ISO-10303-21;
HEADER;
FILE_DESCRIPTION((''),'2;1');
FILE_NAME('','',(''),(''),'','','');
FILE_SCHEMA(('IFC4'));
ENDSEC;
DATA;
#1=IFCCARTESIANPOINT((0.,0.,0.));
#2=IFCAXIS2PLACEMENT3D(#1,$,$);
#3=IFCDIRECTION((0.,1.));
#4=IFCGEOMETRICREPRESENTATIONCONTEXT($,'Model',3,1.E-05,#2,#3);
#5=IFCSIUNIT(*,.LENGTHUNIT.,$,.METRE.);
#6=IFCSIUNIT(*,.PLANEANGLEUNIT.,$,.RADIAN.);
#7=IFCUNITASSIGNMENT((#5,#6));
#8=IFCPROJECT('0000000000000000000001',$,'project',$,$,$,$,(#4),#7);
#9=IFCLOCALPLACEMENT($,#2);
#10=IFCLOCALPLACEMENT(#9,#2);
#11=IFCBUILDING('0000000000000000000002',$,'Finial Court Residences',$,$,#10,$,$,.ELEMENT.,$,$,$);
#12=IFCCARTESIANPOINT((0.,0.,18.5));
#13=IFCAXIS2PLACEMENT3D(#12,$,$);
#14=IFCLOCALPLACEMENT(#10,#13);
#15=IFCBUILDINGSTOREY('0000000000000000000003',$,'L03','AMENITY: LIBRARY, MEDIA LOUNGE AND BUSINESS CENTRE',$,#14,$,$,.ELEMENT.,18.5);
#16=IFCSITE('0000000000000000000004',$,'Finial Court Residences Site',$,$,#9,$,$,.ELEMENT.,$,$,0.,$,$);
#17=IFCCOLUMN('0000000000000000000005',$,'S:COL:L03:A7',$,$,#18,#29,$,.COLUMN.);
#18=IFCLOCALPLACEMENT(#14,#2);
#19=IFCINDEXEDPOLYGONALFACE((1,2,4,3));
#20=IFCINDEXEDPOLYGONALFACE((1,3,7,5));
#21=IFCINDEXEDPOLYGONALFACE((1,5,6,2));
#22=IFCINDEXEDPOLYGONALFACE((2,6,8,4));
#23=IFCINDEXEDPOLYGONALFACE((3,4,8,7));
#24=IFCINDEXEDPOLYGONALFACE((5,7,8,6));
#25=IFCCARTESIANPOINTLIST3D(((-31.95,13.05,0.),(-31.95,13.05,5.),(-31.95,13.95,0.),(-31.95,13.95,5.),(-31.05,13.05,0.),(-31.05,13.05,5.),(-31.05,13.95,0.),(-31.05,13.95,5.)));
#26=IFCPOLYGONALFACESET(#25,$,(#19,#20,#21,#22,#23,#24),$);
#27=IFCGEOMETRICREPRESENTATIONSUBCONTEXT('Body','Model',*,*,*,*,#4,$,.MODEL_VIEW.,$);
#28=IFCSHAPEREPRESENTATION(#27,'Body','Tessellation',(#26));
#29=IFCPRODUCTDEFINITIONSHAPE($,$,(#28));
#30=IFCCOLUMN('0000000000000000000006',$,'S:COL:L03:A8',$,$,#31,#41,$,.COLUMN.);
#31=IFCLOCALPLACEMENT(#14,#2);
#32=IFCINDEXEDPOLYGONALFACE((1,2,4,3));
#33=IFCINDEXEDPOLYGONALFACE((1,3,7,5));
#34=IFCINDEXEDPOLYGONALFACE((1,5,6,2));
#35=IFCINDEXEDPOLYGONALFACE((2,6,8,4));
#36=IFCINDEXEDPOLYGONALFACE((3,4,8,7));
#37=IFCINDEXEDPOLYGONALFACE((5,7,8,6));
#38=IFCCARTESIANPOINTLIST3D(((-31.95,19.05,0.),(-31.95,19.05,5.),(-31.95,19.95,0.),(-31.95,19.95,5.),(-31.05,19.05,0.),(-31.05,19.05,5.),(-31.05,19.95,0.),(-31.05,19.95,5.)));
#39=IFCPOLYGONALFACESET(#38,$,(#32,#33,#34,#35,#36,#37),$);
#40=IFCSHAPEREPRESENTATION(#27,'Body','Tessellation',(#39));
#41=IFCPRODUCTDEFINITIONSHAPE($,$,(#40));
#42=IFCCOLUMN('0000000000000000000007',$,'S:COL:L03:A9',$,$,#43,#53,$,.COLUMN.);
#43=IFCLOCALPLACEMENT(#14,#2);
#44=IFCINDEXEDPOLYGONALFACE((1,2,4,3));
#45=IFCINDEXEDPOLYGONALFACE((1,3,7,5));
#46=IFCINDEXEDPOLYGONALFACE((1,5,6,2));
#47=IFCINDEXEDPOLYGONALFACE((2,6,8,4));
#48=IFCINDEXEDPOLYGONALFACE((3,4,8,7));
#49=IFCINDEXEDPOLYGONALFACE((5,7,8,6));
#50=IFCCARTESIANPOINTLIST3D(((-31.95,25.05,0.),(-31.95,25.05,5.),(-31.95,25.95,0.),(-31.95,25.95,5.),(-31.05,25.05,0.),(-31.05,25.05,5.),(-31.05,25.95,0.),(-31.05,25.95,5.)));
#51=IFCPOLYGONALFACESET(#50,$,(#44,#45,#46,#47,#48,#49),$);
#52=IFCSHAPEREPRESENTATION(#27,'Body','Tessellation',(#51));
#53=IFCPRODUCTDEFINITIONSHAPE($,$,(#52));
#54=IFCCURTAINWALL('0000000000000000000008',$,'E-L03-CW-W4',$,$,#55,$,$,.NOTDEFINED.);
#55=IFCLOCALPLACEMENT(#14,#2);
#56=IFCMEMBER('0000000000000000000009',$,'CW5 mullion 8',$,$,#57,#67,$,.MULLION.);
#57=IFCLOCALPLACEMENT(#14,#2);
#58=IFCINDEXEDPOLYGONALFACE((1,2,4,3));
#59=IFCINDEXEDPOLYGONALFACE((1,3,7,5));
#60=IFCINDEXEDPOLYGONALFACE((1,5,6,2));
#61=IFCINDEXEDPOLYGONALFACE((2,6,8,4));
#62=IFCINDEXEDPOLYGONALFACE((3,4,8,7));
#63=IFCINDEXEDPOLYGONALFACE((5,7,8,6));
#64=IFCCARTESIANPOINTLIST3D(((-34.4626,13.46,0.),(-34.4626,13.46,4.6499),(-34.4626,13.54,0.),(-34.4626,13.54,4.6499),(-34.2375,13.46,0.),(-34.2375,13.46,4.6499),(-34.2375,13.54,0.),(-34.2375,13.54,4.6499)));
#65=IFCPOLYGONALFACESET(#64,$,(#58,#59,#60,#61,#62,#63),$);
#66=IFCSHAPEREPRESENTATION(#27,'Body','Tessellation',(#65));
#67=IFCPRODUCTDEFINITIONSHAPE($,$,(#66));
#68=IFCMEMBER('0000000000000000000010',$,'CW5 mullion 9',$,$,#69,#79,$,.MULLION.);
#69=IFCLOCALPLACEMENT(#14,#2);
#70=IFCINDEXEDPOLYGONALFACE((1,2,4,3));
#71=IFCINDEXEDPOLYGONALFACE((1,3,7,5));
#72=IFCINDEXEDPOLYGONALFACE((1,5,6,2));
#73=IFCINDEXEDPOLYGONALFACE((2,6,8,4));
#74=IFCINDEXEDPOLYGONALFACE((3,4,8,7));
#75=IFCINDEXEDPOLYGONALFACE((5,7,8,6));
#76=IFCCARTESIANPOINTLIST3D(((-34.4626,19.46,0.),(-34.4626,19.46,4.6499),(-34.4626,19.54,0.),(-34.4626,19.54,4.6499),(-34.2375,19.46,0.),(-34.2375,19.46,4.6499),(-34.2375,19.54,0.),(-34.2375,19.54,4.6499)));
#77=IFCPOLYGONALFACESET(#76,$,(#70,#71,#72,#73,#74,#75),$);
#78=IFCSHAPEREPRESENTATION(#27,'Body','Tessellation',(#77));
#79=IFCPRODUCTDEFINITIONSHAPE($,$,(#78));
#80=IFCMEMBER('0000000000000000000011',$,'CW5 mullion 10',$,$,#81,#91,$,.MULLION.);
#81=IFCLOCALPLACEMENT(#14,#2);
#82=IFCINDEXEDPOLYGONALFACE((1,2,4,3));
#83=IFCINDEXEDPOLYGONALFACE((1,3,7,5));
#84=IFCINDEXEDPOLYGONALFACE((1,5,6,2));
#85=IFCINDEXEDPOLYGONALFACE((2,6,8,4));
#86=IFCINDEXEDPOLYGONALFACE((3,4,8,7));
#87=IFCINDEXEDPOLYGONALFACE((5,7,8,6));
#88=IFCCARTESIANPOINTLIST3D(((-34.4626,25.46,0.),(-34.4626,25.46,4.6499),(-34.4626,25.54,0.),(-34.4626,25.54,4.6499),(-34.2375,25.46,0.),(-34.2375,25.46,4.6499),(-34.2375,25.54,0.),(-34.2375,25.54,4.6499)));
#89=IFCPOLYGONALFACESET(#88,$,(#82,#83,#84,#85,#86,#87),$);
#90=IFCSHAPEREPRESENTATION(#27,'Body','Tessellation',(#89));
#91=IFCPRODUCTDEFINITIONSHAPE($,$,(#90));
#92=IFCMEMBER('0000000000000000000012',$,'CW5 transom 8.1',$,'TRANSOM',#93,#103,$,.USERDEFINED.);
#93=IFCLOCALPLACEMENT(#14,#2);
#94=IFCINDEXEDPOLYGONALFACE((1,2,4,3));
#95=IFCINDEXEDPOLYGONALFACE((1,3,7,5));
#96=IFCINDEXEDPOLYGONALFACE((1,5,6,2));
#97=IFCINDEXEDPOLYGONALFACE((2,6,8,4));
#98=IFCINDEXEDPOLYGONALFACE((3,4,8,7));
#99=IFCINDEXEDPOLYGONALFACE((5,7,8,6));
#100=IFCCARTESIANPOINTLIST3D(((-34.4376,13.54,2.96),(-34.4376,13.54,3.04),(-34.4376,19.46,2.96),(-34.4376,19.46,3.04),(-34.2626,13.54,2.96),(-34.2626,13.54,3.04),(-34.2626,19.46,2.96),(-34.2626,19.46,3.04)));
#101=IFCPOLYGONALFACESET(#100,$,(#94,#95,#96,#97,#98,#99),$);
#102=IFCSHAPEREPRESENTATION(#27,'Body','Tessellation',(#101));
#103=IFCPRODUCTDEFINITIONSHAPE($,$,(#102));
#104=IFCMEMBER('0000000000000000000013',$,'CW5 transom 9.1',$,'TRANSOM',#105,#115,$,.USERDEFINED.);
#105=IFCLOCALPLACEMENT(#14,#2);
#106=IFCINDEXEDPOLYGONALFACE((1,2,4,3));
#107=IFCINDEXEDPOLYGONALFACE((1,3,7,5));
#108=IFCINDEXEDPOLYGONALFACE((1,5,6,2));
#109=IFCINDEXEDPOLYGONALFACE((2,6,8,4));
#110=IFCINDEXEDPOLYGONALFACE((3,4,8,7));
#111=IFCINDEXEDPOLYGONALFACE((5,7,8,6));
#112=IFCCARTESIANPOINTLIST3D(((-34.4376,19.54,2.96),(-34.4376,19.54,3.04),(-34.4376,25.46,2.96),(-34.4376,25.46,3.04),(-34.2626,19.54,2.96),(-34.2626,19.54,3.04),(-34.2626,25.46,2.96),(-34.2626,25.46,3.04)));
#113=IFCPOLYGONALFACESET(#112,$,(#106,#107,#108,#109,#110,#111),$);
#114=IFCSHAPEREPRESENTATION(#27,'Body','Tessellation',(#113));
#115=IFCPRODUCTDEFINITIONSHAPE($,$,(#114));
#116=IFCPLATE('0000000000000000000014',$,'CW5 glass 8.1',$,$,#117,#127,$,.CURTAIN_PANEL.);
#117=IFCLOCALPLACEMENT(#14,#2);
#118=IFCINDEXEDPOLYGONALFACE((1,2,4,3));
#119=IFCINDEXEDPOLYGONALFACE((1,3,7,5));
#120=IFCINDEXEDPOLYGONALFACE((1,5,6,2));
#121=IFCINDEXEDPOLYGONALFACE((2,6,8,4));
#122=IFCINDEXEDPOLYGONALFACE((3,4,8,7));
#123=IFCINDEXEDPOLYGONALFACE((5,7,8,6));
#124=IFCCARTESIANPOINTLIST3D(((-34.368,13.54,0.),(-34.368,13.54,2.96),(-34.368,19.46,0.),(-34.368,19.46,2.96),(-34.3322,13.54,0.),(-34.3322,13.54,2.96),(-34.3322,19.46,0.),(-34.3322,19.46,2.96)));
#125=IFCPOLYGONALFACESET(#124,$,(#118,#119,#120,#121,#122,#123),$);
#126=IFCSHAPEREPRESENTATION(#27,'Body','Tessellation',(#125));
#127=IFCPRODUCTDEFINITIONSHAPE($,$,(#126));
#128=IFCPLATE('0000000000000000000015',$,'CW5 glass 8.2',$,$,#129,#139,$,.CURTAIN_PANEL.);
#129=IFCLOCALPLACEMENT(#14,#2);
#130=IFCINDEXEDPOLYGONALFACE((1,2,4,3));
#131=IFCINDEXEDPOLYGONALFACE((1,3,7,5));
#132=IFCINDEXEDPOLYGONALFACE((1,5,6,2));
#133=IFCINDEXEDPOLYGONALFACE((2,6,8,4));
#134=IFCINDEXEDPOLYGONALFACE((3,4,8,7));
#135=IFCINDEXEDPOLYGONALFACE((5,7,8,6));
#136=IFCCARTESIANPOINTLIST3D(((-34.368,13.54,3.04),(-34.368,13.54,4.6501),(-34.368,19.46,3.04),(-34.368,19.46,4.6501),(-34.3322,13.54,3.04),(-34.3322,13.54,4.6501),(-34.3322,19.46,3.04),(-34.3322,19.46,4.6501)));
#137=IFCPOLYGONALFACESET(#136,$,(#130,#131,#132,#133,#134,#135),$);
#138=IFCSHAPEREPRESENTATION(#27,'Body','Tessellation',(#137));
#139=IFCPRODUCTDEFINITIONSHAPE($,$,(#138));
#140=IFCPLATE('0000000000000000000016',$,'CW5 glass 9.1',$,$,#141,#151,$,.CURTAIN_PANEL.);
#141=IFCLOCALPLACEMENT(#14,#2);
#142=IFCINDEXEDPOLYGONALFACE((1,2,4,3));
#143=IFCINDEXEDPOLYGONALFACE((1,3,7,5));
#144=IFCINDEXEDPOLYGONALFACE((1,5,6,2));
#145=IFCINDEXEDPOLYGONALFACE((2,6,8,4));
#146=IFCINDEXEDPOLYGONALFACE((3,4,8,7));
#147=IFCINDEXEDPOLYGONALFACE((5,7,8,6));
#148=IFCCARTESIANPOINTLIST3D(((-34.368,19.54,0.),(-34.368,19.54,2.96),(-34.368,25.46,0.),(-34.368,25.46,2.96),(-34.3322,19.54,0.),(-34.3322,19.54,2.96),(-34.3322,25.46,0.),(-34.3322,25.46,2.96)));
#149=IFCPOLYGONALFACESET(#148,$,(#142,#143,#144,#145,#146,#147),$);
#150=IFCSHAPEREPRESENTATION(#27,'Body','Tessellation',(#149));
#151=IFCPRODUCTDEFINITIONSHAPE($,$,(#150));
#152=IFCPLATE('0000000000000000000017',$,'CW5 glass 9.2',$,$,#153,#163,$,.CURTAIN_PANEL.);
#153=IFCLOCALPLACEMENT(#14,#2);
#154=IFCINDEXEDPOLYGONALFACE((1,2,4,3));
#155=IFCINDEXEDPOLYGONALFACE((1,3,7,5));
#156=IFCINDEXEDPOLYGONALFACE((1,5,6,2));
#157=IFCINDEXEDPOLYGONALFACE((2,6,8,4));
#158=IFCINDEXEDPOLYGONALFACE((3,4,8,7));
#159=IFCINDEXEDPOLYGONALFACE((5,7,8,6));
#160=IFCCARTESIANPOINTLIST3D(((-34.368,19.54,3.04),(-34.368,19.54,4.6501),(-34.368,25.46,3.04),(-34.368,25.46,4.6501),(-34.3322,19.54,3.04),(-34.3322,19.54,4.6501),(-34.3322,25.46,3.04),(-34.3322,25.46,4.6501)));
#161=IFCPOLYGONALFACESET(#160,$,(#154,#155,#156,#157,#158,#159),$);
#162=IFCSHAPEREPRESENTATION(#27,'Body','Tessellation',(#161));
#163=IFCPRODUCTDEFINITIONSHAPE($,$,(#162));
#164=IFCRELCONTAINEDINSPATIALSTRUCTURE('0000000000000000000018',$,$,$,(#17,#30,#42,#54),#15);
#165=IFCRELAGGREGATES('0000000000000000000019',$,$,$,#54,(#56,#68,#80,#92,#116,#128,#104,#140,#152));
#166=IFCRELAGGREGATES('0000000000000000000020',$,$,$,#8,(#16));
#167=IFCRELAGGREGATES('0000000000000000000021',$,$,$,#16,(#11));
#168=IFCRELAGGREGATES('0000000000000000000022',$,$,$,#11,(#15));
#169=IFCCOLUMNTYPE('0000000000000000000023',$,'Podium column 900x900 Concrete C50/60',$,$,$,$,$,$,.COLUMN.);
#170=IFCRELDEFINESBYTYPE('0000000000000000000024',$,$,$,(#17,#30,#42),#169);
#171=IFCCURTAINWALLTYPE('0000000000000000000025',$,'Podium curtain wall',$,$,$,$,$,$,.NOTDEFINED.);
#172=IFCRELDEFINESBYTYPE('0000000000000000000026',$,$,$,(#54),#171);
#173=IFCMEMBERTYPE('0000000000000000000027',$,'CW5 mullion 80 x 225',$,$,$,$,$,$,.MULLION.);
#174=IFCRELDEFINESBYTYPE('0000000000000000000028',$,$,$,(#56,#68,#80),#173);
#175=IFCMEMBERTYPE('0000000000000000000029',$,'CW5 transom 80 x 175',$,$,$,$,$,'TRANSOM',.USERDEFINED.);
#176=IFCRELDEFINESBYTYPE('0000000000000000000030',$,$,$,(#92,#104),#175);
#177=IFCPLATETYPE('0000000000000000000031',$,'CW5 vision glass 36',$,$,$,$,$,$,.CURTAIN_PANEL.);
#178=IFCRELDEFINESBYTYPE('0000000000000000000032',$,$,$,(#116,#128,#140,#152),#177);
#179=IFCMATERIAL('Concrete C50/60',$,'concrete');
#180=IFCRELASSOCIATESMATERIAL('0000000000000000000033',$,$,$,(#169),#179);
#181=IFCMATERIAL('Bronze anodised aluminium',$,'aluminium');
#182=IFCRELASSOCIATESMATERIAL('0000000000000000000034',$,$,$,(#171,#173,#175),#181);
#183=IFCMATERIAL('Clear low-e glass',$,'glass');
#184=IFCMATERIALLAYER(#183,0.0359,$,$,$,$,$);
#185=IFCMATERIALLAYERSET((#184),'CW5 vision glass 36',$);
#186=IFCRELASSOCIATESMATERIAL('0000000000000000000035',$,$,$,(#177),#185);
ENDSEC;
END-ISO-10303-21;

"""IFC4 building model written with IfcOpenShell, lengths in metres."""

from ifc_helpers import new_model, si_unit, direction, frame, origin, origin_2d, place, context, subcontext, project, spatial, rectangle, extrude, material, layer, layer_set, material_profile, profile_set, type_object, element, aggregate, save


model = new_model("IFC4")

# Units and contexts
model_context = context("Model", 3, precision=1e-05, world=origin(), true_north=direction((0.0, 1.0)))
body_context = subcontext(model_context, "Body", "Model", "MODEL_VIEW")
ifc_project = project(units=[si_unit("LENGTHUNIT", "METRE"), si_unit("PLANEANGLEUNIT", "RADIAN")], contexts=[model_context])

# Site, building, storey
site_placement = place(None, origin())
site = spatial("IfcSite", under=ifc_project, at=site_placement, Name="Finial Court Residences Site", CompositionType="ELEMENT", RefElevation=0.0)
building_placement = place(site_placement, origin())
building = spatial("IfcBuilding", under=site, at=building_placement, Name="Finial Court Residences", CompositionType="ELEMENT")
storey_placement = place(building_placement, frame((0.0, 0.0, 18.5)))
storey = spatial("IfcBuildingStorey", under=building, at=storey_placement, Name="L03", Description="AMENITY: LIBRARY, MEDIA LOUNGE AND BUSINESS CENTRE", CompositionType="ELEMENT", Elevation=18.5)

# Columns
ifc_material_1 = material(Name="Concrete C50/60", Category="concrete")
ifc_material_profile_1 = material_profile(ifc_material_1, rectangle(XDim=0.8999, YDim=0.8999, at=origin_2d()), Name="900x900")
ifc_profile_set_1 = profile_set([ifc_material_profile_1], Name="Concrete C50/60")
column_type = type_object("IfcColumnType", Name="Podium column 900x900 Concrete C50/60", PredefinedType="COLUMN", material=ifc_profile_set_1)
for number, where, z_axis, x_axis, name in (
    (1, (-31.5, 13.5, 0.0), (0.0, 0.0, 1.0), (1.0, 0.0, 0.0), "S:COL:L03:A7"),
    (2, (-31.5, 19.5, 0.0), (0.0, 0.0, 1.0), (1.0, 0.0, 0.0), "S:COL:L03:A8"),
    (3, (-31.5, 25.5, 0.0), (0.0, 0.0, 1.0), (1.0, 0.0, 0.0), "S:COL:L03:A9"),
):
    element("IfcColumn", number, at=place(storey_placement, frame(where, z_axis=z_axis, x_axis=x_axis)), inside=storey, type_object=column_type, Name=name, PredefinedType="COLUMN", context=body_context, shape_type="SweptSolid", body=[
        extrude(rectangle(XDim=0.8999, YDim=0.8999, at=origin_2d()), origin(), (0.0, 0.0, 1.0), 5.0),
    ])

# Curtain wall, members, plates
ifc_material_2 = material(Name="Bronze anodised aluminium", Category="aluminium")
curtain_wall_type = type_object("IfcCurtainWallType", Name="Podium curtain wall", PredefinedType="NOTDEFINED", material=ifc_material_2)
curtain_wall_placement = place(storey_placement, origin())
curtain_wall = element("IfcCurtainWall", 4, at=curtain_wall_placement, inside=storey, type_object=curtain_wall_type, Name="E-L03-CW-W4", PredefinedType="NOTDEFINED")
ifc_material_profile_2 = material_profile(ifc_material_2, rectangle(XDim=0.2251, YDim=0.0801, at=origin_2d()), Name="CW5 mullion 80 x 225")
ifc_profile_set_2 = profile_set([ifc_material_profile_2], Name="Bronze anodised aluminium")
member_type_1 = type_object("IfcMemberType", Name="CW5 mullion 80 x 225", PredefinedType="MULLION", material=ifc_profile_set_2)
member_1_placement = place(storey_placement, frame((-34.3501, 13.5, 0.0), z_axis=(0.0, 0.0, 1.0), x_axis=(-1.0, 0.0, 0.0)))
member_1 = element("IfcMember", 5, at=member_1_placement, type_object=member_type_1, Name="CW5 mullion 8", PredefinedType="MULLION", context=body_context, shape_type="SweptSolid", body=[
    extrude(rectangle(XDim=0.2251, YDim=0.0801, at=origin_2d()), origin(), (0.0, 0.0, 1.0), 4.6499),
])
member_2_placement = place(storey_placement, frame((-34.3501, 19.5, 0.0), z_axis=(0.0, 0.0, 1.0), x_axis=(-1.0, 0.0, 0.0)))
member_2 = element("IfcMember", 6, at=member_2_placement, type_object=member_type_1, Name="CW5 mullion 9", PredefinedType="MULLION", context=body_context, shape_type="SweptSolid", body=[
    extrude(rectangle(XDim=0.2251, YDim=0.0801, at=origin_2d()), origin(), (0.0, 0.0, 1.0), 4.6499),
])
member_3_placement = place(storey_placement, frame((-34.3501, 25.5, 0.0), z_axis=(0.0, 0.0, 1.0), x_axis=(-1.0, 0.0, 0.0)))
member_3 = element("IfcMember", 7, at=member_3_placement, type_object=member_type_1, Name="CW5 mullion 10", PredefinedType="MULLION", context=body_context, shape_type="SweptSolid", body=[
    extrude(rectangle(XDim=0.2251, YDim=0.0801, at=origin_2d()), origin(), (0.0, 0.0, 1.0), 4.6499),
])
ifc_material_profile_3 = material_profile(ifc_material_2, rectangle(XDim=0.175, YDim=0.0801, at=origin_2d()), Name="CW5 transom 80 x 175")
ifc_profile_set_3 = profile_set([ifc_material_profile_3], Name="Bronze anodised aluminium")
member_type_2 = type_object("IfcMemberType", Name="CW5 transom 80 x 175", ElementType="TRANSOM", PredefinedType="USERDEFINED", material=ifc_profile_set_3)
member_4_placement = place(storey_placement, frame((-34.3501, 13.54, 3.0), z_axis=(0.0, 1.0, 0.0), x_axis=(-1.0, 0.0, 0.0)))
member_4 = element("IfcMember", 8, at=member_4_placement, type_object=member_type_2, Name="CW5 transom 8.1", ObjectType="TRANSOM", PredefinedType="USERDEFINED", context=body_context, shape_type="SweptSolid", body=[
    extrude(rectangle(XDim=0.175, YDim=0.0801, at=origin_2d()), origin(), (0.0, 0.0, 1.0), 5.9199),
])
member_5_placement = place(storey_placement, frame((-34.3501, 19.54, 3.0), z_axis=(0.0, 1.0, 0.0), x_axis=(-1.0, 0.0, 0.0)))
member_5 = element("IfcMember", 9, at=member_5_placement, type_object=member_type_2, Name="CW5 transom 9.1", ObjectType="TRANSOM", PredefinedType="USERDEFINED", context=body_context, shape_type="SweptSolid", body=[
    extrude(rectangle(XDim=0.175, YDim=0.0801, at=origin_2d()), origin(), (0.0, 0.0, 1.0), 5.9199),
])
ifc_material_3 = material(Name="Clear low-e glass", Category="glass")
ifc_layer_1 = layer(ifc_material_3, 0.0359)
ifc_layer_set_1 = layer_set([ifc_layer_1], Name="CW5 vision glass 36")
plate_type = type_object("IfcPlateType", Name="CW5 vision glass 36", PredefinedType="CURTAIN_PANEL", material=ifc_layer_set_1)
plate_1_placement = place(storey_placement, frame((-34.3501, 16.5, 0.0), z_axis=(0.0, 0.0, 1.0), x_axis=(0.0, 1.0, 0.0)))
plate_1 = element("IfcPlate", 10, at=plate_1_placement, type_object=plate_type, Name="CW5 glass 8.1", PredefinedType="CURTAIN_PANEL", context=body_context, shape_type="SweptSolid", body=[
    extrude(rectangle(XDim=5.9199, YDim=0.0359, at=origin_2d()), origin(), (0.0, 0.0, 1.0), 2.96),
])
plate_2_placement = place(storey_placement, frame((-34.3501, 16.5, 3.04), z_axis=(0.0, 0.0, 1.0), x_axis=(0.0, 1.0, 0.0)))
plate_2 = element("IfcPlate", 11, at=plate_2_placement, type_object=plate_type, Name="CW5 glass 8.2", PredefinedType="CURTAIN_PANEL", context=body_context, shape_type="SweptSolid", body=[
    extrude(rectangle(XDim=5.9199, YDim=0.0359, at=origin_2d()), origin(), (0.0, 0.0, 1.0), 1.6101),
])
plate_3_placement = place(storey_placement, frame((-34.3501, 22.5, 0.0), z_axis=(0.0, 0.0, 1.0), x_axis=(0.0, 1.0, 0.0)))
plate_3 = element("IfcPlate", 12, at=plate_3_placement, type_object=plate_type, Name="CW5 glass 9.1", PredefinedType="CURTAIN_PANEL", context=body_context, shape_type="SweptSolid", body=[
    extrude(rectangle(XDim=5.9199, YDim=0.0359, at=origin_2d()), origin(), (0.0, 0.0, 1.0), 2.96),
])
plate_4_placement = place(storey_placement, frame((-34.3501, 22.5, 3.04), z_axis=(0.0, 0.0, 1.0), x_axis=(0.0, 1.0, 0.0)))
plate_4 = element("IfcPlate", 13, at=plate_4_placement, type_object=plate_type, Name="CW5 glass 9.2", PredefinedType="CURTAIN_PANEL", context=body_context, shape_type="SweptSolid", body=[
    extrude(rectangle(XDim=5.9199, YDim=0.0359, at=origin_2d()), origin(), (0.0, 0.0, 1.0), 1.6101),
])
aggregate(curtain_wall, [member_1, member_2, member_3, member_4, plate_1, plate_2, member_5, plate_3, plate_4])

save(model, "model.ifc")
